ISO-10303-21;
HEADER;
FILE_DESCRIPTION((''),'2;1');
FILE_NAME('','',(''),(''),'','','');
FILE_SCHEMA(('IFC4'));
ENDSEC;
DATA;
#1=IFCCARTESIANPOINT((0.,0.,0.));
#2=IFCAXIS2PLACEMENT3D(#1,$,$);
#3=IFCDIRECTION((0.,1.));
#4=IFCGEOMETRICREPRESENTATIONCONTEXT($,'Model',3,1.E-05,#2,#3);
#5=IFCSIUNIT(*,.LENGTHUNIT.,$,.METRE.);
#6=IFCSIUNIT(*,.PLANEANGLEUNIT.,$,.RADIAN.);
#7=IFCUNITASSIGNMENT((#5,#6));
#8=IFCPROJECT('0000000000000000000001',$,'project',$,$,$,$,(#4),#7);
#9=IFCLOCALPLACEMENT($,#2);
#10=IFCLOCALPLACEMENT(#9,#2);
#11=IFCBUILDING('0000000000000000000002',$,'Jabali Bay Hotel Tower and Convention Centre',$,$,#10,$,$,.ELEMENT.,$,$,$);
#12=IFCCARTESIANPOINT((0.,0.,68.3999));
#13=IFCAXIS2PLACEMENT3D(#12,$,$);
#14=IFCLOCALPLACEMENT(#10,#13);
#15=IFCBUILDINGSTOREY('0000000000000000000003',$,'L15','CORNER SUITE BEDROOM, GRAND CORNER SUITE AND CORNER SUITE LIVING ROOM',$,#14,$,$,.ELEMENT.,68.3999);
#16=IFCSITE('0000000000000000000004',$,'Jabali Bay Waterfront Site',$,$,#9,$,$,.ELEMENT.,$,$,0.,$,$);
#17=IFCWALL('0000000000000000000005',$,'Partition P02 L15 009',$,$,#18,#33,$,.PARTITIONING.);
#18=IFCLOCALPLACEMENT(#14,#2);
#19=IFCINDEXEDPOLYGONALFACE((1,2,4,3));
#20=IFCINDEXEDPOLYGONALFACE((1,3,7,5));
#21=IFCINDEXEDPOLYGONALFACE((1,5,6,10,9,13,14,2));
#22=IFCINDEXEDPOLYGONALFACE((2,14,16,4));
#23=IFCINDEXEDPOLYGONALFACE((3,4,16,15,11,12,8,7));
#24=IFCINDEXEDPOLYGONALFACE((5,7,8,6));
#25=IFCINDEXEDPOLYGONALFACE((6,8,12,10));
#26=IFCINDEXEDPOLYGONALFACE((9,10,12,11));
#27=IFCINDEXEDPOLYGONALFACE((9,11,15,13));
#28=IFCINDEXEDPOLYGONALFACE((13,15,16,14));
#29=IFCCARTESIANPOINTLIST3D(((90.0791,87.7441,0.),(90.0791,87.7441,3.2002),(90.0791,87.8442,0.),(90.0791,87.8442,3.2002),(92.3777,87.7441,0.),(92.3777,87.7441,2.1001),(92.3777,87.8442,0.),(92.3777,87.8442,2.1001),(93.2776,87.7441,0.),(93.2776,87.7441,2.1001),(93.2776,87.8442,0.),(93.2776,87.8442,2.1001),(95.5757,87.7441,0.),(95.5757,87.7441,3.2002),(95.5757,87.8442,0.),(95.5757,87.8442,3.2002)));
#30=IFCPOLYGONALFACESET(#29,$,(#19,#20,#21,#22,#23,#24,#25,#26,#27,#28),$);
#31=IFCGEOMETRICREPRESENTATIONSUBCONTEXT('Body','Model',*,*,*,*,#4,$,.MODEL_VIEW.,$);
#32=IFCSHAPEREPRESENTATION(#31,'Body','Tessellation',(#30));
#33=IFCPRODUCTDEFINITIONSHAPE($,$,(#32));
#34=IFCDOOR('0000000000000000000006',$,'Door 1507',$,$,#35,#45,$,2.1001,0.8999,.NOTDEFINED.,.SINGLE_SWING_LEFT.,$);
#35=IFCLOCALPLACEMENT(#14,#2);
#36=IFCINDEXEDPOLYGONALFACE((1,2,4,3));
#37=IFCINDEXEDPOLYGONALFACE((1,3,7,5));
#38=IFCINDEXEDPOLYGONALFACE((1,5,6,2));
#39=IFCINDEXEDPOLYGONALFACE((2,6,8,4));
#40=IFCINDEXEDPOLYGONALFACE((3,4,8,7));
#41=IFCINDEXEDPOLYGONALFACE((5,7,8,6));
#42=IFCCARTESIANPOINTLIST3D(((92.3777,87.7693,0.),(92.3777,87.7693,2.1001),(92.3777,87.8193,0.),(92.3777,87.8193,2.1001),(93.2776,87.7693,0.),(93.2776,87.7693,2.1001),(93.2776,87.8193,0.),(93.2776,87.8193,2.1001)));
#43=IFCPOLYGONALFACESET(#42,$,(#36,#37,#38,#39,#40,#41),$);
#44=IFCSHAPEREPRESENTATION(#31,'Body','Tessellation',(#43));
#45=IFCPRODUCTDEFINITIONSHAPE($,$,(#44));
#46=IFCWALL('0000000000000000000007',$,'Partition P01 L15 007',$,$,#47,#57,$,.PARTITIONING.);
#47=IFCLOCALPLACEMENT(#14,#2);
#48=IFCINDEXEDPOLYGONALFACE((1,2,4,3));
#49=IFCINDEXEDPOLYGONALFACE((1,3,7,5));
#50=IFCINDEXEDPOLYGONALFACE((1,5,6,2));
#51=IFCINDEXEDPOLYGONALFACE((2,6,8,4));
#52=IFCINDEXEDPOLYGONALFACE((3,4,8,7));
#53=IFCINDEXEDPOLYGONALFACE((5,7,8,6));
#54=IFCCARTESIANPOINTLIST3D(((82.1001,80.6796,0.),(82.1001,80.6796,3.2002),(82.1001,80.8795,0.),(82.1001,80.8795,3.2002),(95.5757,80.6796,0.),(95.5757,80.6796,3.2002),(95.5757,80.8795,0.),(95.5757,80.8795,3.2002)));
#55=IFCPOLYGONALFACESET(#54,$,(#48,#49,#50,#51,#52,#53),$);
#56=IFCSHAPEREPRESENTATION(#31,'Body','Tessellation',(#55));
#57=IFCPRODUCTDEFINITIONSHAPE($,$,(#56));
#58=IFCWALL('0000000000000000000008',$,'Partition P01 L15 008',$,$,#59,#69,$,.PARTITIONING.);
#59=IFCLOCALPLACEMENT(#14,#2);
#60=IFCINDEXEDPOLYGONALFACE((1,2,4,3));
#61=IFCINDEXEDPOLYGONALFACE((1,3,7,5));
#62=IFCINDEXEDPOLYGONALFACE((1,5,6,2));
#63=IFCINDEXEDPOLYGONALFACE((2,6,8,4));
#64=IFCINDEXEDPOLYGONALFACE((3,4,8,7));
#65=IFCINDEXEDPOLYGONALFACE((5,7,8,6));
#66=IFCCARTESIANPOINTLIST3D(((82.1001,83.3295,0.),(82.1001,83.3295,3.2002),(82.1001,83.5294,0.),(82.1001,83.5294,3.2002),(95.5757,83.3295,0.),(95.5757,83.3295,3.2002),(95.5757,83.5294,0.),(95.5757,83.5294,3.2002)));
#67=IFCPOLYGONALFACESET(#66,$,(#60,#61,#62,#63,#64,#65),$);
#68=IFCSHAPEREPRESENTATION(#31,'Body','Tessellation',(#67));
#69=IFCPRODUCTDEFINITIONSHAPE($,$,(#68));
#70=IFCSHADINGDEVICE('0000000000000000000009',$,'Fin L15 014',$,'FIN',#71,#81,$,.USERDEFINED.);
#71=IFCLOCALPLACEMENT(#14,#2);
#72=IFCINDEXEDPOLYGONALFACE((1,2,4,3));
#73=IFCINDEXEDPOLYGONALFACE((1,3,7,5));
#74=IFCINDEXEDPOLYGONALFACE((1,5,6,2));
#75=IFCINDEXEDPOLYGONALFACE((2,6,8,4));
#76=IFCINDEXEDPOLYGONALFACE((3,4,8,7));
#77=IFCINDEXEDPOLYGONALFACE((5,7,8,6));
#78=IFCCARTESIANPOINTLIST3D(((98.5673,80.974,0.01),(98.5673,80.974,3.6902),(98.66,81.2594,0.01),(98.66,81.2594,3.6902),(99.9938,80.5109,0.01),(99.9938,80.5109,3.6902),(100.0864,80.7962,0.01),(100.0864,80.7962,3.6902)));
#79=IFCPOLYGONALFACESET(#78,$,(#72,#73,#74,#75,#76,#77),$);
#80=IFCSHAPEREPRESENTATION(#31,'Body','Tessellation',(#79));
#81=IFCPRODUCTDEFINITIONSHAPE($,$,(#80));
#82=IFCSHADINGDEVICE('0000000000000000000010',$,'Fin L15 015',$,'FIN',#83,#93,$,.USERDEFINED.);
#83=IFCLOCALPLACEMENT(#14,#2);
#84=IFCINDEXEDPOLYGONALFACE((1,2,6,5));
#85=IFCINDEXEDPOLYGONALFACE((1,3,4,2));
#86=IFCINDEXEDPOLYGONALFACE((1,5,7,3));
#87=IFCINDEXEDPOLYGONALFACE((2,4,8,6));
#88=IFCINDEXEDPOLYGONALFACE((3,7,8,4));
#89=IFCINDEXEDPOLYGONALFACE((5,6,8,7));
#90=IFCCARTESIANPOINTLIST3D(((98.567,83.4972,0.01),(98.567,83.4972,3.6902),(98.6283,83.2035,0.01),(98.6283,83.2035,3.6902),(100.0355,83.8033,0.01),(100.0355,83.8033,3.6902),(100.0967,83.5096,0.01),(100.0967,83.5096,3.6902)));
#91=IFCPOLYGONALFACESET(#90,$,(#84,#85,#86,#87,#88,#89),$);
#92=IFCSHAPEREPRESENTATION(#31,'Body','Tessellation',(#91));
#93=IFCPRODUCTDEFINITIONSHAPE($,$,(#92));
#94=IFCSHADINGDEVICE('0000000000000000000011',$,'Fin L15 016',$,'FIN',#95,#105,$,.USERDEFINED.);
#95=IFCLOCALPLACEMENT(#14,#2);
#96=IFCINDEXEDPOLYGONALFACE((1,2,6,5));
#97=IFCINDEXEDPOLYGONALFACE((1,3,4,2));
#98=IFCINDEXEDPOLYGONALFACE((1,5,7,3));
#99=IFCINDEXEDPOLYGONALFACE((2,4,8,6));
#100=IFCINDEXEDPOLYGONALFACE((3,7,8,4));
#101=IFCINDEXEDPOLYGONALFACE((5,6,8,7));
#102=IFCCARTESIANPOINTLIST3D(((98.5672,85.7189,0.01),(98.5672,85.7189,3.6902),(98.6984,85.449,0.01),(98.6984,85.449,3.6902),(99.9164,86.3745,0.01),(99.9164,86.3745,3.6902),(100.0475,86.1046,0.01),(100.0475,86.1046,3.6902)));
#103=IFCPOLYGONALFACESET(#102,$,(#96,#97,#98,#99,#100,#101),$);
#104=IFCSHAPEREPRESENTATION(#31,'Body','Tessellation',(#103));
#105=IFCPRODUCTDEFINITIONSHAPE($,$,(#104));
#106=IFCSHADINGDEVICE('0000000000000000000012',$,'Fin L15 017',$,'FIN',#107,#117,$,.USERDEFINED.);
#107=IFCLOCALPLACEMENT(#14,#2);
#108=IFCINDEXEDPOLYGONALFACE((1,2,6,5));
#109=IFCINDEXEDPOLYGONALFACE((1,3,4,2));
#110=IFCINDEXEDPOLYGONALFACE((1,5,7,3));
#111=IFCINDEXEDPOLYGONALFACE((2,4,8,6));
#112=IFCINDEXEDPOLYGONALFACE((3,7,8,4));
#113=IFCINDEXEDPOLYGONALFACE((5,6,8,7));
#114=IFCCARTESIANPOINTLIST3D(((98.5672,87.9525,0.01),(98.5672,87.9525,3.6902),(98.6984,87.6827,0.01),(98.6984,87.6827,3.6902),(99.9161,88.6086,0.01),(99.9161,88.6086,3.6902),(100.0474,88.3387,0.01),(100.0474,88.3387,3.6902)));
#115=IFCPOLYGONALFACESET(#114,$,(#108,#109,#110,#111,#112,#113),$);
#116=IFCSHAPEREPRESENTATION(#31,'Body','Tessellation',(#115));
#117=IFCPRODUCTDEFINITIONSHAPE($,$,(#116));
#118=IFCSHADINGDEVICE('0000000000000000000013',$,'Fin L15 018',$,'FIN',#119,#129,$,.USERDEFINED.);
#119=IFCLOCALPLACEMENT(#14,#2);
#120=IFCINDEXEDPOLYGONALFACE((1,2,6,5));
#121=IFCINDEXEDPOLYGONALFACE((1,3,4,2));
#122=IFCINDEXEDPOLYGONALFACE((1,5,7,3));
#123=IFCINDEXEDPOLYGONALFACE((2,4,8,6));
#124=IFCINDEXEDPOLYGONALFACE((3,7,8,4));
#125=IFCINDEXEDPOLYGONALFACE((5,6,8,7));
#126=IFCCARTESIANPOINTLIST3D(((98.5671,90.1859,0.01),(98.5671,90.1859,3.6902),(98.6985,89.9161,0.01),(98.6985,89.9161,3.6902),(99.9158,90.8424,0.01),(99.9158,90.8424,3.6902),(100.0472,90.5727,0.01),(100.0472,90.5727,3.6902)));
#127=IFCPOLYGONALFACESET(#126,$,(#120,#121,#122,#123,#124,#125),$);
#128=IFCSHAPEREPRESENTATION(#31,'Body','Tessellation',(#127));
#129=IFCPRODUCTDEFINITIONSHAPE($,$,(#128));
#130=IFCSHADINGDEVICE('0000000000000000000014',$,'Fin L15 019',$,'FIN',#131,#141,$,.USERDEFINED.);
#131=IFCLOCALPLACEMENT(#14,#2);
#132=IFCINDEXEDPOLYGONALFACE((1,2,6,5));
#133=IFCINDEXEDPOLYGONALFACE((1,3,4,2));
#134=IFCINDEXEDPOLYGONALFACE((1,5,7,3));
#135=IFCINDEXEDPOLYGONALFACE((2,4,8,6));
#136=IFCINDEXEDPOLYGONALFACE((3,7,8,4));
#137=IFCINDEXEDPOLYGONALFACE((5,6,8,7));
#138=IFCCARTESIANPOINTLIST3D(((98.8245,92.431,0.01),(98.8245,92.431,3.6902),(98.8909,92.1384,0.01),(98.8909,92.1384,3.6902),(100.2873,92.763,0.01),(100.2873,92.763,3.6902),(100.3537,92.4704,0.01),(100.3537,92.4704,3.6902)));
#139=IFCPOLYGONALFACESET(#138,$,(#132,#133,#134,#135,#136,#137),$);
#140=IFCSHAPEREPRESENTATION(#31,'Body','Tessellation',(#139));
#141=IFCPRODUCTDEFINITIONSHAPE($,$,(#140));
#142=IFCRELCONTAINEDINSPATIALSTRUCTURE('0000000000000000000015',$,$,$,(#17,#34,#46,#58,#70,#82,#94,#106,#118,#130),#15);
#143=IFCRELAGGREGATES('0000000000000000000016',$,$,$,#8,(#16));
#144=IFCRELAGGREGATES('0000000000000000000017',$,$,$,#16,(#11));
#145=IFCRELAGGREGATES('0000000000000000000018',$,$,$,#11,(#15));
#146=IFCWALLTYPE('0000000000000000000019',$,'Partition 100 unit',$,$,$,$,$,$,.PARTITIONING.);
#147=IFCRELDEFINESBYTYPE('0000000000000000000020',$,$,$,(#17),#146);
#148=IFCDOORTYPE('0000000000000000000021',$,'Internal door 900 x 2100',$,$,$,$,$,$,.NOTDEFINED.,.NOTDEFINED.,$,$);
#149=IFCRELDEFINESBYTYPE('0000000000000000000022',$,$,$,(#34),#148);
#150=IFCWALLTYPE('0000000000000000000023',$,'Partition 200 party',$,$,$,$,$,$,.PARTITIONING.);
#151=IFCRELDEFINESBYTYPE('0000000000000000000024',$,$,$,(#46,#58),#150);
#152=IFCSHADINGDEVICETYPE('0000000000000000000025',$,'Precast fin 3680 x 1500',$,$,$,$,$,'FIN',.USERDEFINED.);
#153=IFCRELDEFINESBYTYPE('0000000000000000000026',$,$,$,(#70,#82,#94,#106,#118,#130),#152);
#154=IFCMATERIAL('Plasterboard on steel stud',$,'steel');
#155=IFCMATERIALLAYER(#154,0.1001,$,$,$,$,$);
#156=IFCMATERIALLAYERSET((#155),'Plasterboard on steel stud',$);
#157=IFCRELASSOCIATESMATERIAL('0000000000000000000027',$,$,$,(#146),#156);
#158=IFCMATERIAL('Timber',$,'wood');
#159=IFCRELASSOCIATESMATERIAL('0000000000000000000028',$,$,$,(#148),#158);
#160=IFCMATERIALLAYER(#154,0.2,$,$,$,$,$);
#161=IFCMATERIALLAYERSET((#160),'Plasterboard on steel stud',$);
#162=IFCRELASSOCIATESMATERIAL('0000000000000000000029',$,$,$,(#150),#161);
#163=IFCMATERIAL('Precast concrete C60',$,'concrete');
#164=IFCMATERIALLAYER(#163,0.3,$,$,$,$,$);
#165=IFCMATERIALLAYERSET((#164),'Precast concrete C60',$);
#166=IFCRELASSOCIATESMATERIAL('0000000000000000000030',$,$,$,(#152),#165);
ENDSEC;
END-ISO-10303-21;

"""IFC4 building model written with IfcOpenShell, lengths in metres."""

from ifc_helpers import new_model, si_unit, direction, frame, frame_2d, origin, place, context, subcontext, project, spatial, rectangle, extrude, material, layer, layer_set, type_object, element, fill, save


model = new_model("IFC4")

# Units and contexts
model_context = context("Model", 3, precision=1e-05, world=origin(), true_north=direction((0.0, 1.0)))
body_context = subcontext(model_context, "Body", "Model", "MODEL_VIEW")
ifc_project = project(units=[si_unit("LENGTHUNIT", "METRE"), si_unit("PLANEANGLEUNIT", "RADIAN")], contexts=[model_context])

# Site, building, storey
site_placement = place(None, origin())
site = spatial("IfcSite", under=ifc_project, at=site_placement, Name="Jabali Bay Waterfront Site", CompositionType="ELEMENT", RefElevation=0.0)
building_placement = place(site_placement, origin())
building = spatial("IfcBuilding", under=site, at=building_placement, Name="Jabali Bay Hotel Tower and Convention Centre", CompositionType="ELEMENT")
storey_placement = place(building_placement, frame((0.0, 0.0, 68.3999)))
storey = spatial("IfcBuildingStorey", under=building, at=storey_placement, Name="L15", Description="CORNER SUITE BEDROOM, GRAND CORNER SUITE AND CORNER SUITE LIVING ROOM", CompositionType="ELEMENT", Elevation=68.3999)

# Wall, opening, door
ifc_material_1 = material(Name="Plasterboard on steel stud", Category="steel")
ifc_layer_1 = layer(ifc_material_1, 0.1001)
ifc_layer_set_1 = layer_set([ifc_layer_1], Name="Plasterboard on steel stud")
wall_type_1 = type_object("IfcWallType", Name="Partition 100 unit", PredefinedType="PARTITIONING", material=ifc_layer_set_1)
wall_1_placement = place(storey_placement, frame((95.5757, 87.7942, 0.0), z_axis=(0.0, 0.0, 1.0), x_axis=(-1.0, 0.0, 0.0)))
wall_1 = element("IfcWall", 1, at=wall_1_placement, inside=storey, type_object=wall_type_1, Name="Partition P02 L15 009", PredefinedType="PARTITIONING", context=body_context, shape_type="SweptSolid", body=[
    extrude(rectangle(XDim=5.4966, YDim=0.1001, at=frame_2d((2.7483, 0.0))), origin(), (0.0, 0.0, 1.0), 3.2002),
])
opening_1_placement = place(wall_1_placement, frame((2.2981, 0.0, 0.0)))
opening_1 = element("IfcOpeningElement", 2, at=opening_1_placement, cuts=wall_1, PredefinedType="OPENING", context=body_context, shape_type="SweptSolid", body=[
    extrude(rectangle(XDim=0.8999, YDim=2.1001, at=frame_2d((0.45, 1.05))), frame((0.0, 0.0605, 0.0), z_axis=(0.0, -1.0, 0.0), x_axis=(1.0, 0.0, 0.0)), (0.0, 0.0, 1.0), 0.1211),
])
ifc_material_2 = material(Name="Timber", Category="wood")
door_type_1 = type_object("IfcDoorType", Name="Internal door 900 x 2100", OperationType="NOTDEFINED", PredefinedType="NOTDEFINED", material=ifc_material_2)
door_1_placement = place(opening_1_placement, origin())
door_1 = element("IfcDoor", 3, at=door_1_placement, inside=storey, type_object=door_type_1, Name="Door 1507", OperationType="SINGLE_SWING_LEFT", OverallHeight=2.1001, OverallWidth=0.8999, PredefinedType="NOTDEFINED", context=body_context, shape_type="SweptSolid", body=[
    extrude(rectangle(XDim=0.8999, YDim=2.1001, at=frame_2d((0.45, 1.05))), frame((0.0, 0.0249, 0.0), z_axis=(0.0, -1.0, 0.0), x_axis=(1.0, 0.0, 0.0)), (0.0, 0.0, 1.0), 0.05),
])
fill(opening_1, door_1)

# Walls
ifc_layer_2 = layer(ifc_material_1, 0.2)
ifc_layer_set_2 = layer_set([ifc_layer_2], Name="Plasterboard on steel stud")
wall_type_2 = type_object("IfcWallType", Name="Partition 200 party", PredefinedType="PARTITIONING", material=ifc_layer_set_2)
for number, where, z_axis, x_axis, name in (
    (4, (95.5757, 80.7795, 0.0), (0.0, 0.0, 1.0), (-1.0, 0.0, 0.0), "Partition P01 L15 007"),
    (5, (95.5757, 83.4294, 0.0), (0.0, 0.0, 1.0), (-1.0, 0.0, 0.0), "Partition P01 L15 008"),
):
    element("IfcWall", number, at=place(storey_placement, frame(where, z_axis=z_axis, x_axis=x_axis)), inside=storey, type_object=wall_type_2, Name=name, PredefinedType="PARTITIONING", context=body_context, shape_type="SweptSolid", body=[
        extrude(rectangle(XDim=13.4756, YDim=0.2, at=frame_2d((6.7378, 0.0))), origin(), (0.0, 0.0, 1.0), 3.2002),
    ])

# Shading devices
ifc_material_3 = material(Name="Precast concrete C60", Category="concrete")
ifc_layer_3 = layer(ifc_material_3, 0.3)
ifc_layer_set_3 = layer_set([ifc_layer_3], Name="Precast concrete C60")
shading_device_type = type_object("IfcShadingDeviceType", Name="Precast fin 3680 x 1500", ElementType="FIN", PredefinedType="USERDEFINED", material=ifc_layer_set_3)
shading_device_placement = place(storey_placement, frame((98.6135, 81.1167, 0.01), z_axis=(0.0, 0.0, 1.0), x_axis=(0.951129, -0.308795, 0.0)))
element("IfcShadingDevice", 6, at=shading_device_placement, inside=storey, type_object=shading_device_type, Name="Fin L15 014", ObjectType="FIN", PredefinedType="USERDEFINED", context=body_context, shape_type="SweptSolid", body=[
    extrude(rectangle(XDim=1.4998, YDim=0.3, at=frame_2d((0.75, 0.0))), origin(), (0.0, 0.0, 1.0), 3.6802),
])
for number, where, z_axis, x_axis, name in (
    (7, (98.5977, 83.3503, 0.01), (0.0, 0.0, 1.0), (0.978952, 0.204091, 0.0), "Fin L15 015"),
    (8, (98.6328, 85.584, 0.01), (0.0, 0.0, 1.0), (0.899448, 0.437028, 0.0), "Fin L15 016"),
    (9, (98.6328, 87.8176, 0.01), (0.0, 0.0, 1.0), (0.899289, 0.437355, 0.0), "Fin L15 017"),
    (10, (98.6328, 90.051, 0.01), (0.0, 0.0, 1.0), (0.899129, 0.437683, 0.0), "Fin L15 018"),
    (11, (98.8577, 92.2847, 0.01), (0.0, 0.0, 1.0), (0.975197, 0.22134, 0.0), "Fin L15 019"),
):
    element("IfcShadingDevice", number, at=place(storey_placement, frame(where, z_axis=z_axis, x_axis=x_axis)), inside=storey, type_object=shading_device_type, Name=name, ObjectType="FIN", PredefinedType="USERDEFINED", context=body_context, shape_type="SweptSolid", body=[
        extrude(rectangle(XDim=1.5, YDim=0.3, at=frame_2d((0.75, 0.0))), origin(), (0.0, 0.0, 1.0), 3.6802),
    ])

save(model, "model.ifc")
